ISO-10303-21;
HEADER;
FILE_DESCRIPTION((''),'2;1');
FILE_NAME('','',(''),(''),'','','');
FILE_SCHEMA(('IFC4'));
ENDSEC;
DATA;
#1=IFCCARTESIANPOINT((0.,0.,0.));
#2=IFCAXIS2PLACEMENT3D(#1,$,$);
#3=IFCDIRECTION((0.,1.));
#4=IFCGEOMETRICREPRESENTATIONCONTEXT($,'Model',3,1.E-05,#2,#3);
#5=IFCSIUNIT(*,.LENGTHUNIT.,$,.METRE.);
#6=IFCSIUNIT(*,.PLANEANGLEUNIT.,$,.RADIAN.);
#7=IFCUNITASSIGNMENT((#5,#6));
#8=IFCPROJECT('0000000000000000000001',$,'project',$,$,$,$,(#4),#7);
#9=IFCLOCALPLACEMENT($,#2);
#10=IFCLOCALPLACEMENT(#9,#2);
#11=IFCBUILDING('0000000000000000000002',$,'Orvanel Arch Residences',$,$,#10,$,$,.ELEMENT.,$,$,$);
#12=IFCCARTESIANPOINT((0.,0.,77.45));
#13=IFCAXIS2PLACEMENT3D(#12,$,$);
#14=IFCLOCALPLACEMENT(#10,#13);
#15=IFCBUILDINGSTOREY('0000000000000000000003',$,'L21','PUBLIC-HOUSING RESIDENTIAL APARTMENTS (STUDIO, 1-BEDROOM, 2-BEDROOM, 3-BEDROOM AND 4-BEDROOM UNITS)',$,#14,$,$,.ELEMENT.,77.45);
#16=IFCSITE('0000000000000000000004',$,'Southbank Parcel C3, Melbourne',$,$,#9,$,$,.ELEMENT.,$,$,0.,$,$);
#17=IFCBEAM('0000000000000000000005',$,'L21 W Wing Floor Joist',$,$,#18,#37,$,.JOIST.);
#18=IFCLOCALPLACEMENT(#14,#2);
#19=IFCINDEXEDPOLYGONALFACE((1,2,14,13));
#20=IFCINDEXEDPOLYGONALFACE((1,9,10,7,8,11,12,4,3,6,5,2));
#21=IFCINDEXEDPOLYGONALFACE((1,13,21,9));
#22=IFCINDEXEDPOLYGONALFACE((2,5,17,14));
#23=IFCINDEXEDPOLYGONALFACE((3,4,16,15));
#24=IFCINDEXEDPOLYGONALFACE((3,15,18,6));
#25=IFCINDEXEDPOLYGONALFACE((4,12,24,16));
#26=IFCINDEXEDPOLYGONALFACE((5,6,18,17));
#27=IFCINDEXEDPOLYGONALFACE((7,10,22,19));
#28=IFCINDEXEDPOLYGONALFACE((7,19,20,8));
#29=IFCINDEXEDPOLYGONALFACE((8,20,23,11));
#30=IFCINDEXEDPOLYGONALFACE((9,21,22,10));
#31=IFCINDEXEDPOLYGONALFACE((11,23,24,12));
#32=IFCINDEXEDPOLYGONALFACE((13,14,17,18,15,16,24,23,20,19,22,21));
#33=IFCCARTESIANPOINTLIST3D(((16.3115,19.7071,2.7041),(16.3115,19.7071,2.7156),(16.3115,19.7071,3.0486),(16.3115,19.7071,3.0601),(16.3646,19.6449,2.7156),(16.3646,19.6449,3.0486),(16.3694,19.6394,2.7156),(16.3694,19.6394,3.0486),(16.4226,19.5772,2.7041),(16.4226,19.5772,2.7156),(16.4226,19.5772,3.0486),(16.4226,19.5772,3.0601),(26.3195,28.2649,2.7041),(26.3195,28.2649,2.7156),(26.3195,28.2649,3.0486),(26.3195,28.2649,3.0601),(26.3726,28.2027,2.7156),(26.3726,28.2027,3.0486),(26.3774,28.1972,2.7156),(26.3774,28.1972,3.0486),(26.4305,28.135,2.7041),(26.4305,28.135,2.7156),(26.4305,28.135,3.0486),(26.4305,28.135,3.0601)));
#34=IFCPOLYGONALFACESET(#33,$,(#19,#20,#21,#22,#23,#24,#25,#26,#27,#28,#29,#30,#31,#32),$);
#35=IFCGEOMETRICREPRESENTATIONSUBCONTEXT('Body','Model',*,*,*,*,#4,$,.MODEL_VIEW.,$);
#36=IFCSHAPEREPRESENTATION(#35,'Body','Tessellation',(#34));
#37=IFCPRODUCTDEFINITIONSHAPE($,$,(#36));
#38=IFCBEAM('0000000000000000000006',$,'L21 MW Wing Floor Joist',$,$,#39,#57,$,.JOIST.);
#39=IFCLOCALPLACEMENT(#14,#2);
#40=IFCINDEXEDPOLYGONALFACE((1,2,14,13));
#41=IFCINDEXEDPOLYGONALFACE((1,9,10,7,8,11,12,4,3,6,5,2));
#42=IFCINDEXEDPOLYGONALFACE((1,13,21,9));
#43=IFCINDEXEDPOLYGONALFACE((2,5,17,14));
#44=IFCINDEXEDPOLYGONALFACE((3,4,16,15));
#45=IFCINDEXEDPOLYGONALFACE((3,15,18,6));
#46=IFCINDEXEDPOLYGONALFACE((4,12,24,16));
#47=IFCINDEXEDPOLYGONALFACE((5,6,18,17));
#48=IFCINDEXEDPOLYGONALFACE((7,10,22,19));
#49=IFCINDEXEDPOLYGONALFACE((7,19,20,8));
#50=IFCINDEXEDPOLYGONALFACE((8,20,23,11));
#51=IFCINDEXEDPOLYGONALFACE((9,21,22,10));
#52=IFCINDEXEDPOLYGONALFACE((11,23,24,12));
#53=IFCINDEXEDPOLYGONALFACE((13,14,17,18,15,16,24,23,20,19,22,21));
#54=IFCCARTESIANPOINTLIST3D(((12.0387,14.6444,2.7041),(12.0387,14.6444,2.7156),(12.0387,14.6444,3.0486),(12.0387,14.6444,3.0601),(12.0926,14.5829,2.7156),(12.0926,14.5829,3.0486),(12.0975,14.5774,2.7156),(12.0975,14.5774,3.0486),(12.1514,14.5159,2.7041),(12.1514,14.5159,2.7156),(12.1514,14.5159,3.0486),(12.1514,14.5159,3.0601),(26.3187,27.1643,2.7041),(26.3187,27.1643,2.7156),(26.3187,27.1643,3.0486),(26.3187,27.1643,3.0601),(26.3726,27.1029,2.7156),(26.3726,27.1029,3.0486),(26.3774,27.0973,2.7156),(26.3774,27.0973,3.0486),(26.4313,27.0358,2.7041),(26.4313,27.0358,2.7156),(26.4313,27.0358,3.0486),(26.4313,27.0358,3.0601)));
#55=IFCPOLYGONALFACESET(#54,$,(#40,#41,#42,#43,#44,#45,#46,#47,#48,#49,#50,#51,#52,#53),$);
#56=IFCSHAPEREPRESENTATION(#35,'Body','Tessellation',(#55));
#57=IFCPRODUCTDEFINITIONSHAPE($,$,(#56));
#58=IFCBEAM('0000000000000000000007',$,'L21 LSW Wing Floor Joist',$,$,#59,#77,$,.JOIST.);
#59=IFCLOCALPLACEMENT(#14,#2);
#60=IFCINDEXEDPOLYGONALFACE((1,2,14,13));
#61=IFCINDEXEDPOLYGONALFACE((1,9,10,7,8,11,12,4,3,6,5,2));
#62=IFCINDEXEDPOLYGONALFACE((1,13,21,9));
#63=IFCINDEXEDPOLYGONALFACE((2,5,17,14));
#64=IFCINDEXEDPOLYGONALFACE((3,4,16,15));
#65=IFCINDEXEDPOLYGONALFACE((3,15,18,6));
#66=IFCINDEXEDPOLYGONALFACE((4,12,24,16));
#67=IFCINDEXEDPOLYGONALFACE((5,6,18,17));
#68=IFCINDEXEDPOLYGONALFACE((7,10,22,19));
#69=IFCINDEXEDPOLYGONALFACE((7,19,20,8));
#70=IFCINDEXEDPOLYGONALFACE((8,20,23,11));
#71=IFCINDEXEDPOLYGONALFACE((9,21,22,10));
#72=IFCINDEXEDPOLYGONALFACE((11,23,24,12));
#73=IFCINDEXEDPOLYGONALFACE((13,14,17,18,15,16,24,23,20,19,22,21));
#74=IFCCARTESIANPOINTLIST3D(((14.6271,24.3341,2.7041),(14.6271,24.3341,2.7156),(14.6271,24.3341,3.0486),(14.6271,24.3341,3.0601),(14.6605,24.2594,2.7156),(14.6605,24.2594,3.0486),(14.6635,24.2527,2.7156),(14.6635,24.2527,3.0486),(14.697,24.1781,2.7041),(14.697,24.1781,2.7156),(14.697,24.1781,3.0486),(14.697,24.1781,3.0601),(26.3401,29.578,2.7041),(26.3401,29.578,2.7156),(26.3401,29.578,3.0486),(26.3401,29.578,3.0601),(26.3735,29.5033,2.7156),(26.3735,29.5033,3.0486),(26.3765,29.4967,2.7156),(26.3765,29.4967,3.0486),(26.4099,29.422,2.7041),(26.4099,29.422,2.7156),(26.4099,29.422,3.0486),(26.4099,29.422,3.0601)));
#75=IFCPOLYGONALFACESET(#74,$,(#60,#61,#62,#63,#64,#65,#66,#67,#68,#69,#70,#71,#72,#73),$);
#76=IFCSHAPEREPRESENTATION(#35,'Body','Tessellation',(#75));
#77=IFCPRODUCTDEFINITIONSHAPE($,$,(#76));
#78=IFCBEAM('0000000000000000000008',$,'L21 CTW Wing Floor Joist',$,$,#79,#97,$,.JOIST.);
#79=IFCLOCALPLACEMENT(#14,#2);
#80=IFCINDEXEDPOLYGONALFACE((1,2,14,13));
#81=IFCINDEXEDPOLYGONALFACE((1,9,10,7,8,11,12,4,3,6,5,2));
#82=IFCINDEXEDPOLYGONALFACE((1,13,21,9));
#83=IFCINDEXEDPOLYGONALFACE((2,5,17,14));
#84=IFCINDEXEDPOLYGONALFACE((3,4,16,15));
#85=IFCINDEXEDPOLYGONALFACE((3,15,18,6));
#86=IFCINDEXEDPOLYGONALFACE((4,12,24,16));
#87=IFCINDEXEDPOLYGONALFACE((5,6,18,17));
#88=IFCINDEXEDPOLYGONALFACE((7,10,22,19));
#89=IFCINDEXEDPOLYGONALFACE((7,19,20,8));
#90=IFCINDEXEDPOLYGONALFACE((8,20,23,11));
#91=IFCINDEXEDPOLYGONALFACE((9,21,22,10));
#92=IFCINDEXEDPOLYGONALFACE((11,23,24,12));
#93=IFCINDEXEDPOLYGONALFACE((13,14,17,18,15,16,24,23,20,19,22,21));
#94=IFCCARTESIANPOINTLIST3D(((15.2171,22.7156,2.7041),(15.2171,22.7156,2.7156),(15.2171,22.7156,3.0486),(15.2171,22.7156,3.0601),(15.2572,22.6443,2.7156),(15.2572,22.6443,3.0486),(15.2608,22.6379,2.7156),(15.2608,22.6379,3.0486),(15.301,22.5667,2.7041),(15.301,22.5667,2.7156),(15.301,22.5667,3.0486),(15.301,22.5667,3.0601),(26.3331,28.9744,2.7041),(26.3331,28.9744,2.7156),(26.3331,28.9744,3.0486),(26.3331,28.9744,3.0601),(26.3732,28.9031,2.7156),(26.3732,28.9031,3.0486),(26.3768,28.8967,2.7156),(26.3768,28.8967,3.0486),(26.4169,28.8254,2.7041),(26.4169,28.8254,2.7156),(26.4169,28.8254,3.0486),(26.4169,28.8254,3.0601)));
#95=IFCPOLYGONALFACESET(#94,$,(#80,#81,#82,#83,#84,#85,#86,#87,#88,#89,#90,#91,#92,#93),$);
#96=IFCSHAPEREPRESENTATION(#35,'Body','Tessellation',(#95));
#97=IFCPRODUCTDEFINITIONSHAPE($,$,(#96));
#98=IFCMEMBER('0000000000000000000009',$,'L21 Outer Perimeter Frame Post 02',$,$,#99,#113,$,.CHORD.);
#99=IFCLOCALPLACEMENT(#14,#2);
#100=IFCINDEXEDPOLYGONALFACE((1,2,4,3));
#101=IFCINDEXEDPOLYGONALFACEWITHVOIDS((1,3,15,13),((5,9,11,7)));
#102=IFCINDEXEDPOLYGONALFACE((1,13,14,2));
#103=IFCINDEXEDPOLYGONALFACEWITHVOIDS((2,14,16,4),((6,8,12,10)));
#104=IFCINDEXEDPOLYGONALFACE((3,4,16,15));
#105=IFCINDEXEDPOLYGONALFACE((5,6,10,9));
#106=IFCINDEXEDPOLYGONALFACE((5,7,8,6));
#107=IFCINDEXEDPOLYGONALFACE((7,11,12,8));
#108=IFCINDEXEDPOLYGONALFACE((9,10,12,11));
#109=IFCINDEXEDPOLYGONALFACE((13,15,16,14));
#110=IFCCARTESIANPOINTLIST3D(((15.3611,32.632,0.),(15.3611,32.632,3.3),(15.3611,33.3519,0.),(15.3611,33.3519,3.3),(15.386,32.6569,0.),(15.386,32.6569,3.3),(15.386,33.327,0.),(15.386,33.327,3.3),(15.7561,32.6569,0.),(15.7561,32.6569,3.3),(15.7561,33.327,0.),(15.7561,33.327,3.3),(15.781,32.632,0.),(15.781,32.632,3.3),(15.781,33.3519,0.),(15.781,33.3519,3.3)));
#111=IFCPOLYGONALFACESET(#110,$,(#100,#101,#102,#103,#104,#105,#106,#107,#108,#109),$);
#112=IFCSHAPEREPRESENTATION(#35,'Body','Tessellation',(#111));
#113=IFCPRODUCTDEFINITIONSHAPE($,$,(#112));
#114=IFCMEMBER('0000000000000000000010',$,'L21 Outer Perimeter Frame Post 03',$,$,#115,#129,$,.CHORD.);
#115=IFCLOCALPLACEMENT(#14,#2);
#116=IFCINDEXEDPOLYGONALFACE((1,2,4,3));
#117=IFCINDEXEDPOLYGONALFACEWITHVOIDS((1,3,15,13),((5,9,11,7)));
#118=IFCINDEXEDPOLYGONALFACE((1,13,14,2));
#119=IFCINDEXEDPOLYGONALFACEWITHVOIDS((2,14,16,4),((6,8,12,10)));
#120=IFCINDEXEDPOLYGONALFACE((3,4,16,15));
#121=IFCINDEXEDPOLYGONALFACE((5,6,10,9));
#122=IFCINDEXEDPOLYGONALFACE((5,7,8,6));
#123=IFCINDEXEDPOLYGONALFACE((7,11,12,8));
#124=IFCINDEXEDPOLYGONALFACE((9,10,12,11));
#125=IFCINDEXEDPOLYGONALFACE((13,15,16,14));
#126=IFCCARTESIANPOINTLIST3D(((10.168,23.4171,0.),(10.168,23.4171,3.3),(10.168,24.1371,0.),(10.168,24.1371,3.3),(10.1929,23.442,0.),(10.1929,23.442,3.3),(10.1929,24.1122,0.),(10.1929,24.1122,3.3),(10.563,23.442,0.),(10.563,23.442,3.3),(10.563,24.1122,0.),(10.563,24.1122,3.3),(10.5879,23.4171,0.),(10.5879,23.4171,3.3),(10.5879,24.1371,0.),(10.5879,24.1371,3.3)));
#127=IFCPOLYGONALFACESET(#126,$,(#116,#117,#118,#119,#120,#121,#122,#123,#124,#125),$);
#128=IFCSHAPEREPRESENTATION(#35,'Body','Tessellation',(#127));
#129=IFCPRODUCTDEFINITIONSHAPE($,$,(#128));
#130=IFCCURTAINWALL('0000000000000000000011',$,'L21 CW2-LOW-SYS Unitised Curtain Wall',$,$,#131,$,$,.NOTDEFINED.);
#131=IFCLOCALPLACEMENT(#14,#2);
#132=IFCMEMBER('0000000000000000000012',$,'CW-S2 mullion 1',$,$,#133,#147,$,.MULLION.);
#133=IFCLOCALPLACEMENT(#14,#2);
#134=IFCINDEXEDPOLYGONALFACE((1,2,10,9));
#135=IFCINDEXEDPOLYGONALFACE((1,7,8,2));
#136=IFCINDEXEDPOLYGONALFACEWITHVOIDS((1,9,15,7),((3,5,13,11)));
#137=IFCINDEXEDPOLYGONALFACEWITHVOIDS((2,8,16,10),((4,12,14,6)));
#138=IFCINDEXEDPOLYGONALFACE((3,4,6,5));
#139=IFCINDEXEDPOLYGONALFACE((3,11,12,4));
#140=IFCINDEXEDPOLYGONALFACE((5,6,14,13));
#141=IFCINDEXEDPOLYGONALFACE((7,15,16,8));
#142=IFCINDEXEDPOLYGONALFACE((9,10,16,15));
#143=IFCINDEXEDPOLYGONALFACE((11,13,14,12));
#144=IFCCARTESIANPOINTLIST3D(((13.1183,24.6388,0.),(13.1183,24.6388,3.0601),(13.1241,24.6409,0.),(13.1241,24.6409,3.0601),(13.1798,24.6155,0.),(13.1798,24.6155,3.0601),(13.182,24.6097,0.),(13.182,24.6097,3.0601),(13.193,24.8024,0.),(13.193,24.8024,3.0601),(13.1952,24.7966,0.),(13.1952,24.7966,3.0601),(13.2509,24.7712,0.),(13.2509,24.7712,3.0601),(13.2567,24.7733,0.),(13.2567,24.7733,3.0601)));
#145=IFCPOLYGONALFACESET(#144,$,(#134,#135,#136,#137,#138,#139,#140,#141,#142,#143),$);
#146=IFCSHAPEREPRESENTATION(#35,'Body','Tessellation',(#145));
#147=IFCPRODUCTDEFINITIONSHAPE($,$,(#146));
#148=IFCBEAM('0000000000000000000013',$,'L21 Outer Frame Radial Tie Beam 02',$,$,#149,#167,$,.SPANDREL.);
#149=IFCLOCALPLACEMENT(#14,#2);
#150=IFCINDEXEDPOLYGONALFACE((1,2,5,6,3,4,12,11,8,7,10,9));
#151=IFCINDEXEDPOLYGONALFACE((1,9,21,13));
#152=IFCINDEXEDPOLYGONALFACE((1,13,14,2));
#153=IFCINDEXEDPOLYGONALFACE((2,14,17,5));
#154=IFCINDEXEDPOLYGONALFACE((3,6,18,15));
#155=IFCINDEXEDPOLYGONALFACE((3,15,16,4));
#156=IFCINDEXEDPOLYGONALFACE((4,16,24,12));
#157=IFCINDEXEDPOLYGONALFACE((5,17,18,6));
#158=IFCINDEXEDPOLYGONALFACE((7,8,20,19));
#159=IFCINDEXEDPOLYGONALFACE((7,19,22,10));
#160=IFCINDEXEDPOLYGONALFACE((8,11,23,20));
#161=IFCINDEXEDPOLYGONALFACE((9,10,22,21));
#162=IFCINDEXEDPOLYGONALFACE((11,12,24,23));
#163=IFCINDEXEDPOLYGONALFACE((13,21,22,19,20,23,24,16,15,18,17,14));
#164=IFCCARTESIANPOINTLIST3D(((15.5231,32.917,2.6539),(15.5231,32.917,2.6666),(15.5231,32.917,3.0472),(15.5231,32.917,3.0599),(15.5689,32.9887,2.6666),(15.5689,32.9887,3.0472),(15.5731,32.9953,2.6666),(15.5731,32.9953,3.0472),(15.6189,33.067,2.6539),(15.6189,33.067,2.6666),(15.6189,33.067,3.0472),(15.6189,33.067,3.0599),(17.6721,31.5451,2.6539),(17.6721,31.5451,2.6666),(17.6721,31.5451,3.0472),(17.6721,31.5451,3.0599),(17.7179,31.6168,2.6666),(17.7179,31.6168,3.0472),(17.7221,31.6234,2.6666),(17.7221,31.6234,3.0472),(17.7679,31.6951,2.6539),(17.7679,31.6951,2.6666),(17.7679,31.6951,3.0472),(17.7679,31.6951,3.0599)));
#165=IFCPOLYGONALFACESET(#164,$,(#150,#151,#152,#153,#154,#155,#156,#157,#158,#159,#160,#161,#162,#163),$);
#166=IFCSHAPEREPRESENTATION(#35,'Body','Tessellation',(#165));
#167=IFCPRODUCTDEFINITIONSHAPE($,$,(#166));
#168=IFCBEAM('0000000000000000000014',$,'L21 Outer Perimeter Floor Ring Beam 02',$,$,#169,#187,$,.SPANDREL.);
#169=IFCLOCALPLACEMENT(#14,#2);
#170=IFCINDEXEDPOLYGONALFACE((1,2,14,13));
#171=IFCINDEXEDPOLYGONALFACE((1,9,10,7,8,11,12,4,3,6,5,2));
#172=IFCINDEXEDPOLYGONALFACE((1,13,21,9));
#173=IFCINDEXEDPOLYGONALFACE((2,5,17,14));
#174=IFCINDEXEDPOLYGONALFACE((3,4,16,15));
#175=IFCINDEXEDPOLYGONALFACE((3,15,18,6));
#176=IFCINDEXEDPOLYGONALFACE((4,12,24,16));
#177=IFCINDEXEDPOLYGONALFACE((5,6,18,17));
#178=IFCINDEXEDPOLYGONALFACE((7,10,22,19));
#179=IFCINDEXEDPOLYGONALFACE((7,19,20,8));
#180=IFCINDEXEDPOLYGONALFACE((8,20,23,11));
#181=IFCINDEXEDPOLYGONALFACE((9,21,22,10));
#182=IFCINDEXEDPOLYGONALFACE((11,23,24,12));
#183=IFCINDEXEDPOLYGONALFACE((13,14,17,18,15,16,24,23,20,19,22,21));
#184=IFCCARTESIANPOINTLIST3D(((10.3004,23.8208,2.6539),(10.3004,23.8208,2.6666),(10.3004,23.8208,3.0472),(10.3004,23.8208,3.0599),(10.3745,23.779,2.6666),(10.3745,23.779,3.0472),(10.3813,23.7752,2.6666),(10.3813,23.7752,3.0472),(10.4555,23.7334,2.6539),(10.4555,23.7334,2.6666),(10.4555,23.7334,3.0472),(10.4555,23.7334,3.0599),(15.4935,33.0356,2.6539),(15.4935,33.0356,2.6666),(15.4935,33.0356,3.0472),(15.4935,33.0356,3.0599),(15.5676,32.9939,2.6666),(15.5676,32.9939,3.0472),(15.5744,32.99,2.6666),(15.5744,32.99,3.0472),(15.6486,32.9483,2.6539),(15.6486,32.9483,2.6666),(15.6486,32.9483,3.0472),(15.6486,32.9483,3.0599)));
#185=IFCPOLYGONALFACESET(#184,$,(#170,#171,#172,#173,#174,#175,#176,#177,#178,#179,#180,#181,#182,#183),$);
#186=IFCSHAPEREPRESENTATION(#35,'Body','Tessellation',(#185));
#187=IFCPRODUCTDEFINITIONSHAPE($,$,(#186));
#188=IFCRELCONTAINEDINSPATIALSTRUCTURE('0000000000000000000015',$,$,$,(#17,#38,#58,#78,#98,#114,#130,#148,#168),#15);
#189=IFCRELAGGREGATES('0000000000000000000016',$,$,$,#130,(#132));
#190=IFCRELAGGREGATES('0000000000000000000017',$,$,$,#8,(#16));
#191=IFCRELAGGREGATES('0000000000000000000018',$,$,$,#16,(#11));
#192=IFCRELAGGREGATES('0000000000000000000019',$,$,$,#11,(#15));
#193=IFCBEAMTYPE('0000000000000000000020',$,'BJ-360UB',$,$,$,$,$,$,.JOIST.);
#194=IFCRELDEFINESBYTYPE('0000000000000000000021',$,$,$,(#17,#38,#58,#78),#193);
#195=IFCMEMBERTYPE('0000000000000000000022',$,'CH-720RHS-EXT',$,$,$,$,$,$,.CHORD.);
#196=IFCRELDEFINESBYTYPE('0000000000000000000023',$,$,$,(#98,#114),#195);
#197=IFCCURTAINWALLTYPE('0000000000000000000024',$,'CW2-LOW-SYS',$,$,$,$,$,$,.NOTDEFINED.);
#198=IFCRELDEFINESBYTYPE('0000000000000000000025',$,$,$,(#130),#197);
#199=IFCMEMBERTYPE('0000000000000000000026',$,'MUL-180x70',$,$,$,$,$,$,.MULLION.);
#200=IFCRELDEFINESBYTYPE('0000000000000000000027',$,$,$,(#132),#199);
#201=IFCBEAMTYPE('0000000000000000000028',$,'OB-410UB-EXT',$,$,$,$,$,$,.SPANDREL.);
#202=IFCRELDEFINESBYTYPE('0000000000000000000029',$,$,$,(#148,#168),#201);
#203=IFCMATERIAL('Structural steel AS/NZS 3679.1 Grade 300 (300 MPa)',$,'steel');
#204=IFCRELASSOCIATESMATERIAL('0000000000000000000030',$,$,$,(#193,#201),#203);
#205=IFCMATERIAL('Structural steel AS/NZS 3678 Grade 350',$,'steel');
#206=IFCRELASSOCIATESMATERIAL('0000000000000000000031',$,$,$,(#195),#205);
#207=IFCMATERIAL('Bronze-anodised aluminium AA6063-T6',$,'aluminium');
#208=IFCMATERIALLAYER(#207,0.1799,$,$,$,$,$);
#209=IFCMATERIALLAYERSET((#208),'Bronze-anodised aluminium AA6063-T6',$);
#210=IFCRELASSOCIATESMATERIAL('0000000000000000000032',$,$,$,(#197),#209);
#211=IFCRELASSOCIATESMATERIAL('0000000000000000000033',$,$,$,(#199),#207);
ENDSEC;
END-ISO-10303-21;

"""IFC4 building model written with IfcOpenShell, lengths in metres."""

from ifc_helpers import new_model, si_unit, direction, frame, origin, origin_2d, place, context, subcontext, project, spatial, hollow_rectangle, i_section, extrude, material, layer, layer_set, material_profile, profile_set, type_object, element, aggregate, save


model = new_model("IFC4")

# Units and contexts
model_context = context("Model", 3, precision=1e-05, world=origin(), true_north=direction((0.0, 1.0)))
body_context = subcontext(model_context, "Body", "Model", "MODEL_VIEW")
ifc_project = project(units=[si_unit("LENGTHUNIT", "METRE"), si_unit("PLANEANGLEUNIT", "RADIAN")], contexts=[model_context])

# Site, building, storey
site_placement = place(None, origin())
site = spatial("IfcSite", under=ifc_project, at=site_placement, Name="Southbank Parcel C3, Melbourne", CompositionType="ELEMENT", RefElevation=0.0)
building_placement = place(site_placement, origin())
building = spatial("IfcBuilding", under=site, at=building_placement, Name="Orvanel Arch Residences", CompositionType="ELEMENT")
storey_placement = place(building_placement, frame((0.0, 0.0, 77.45)))
storey = spatial("IfcBuildingStorey", under=building, at=storey_placement, Name="L21", Description="PUBLIC-HOUSING RESIDENTIAL APARTMENTS (STUDIO, 1-BEDROOM, 2-BEDROOM, 3-BEDROOM AND 4-BEDROOM UNITS)", CompositionType="ELEMENT", Elevation=77.45)

# Beams
ifc_material_1 = material(Name="Structural steel AS/NZS 3679.1 Grade 300 (300 MPa)", Category="steel")
ifc_material_profile_1 = material_profile(ifc_material_1, i_section(OverallWidth=0.1709, OverallDepth=0.356, WebThickness=0.0073, FlangeThickness=0.0115, at=origin_2d()), Name="360UB50.7")
ifc_profile_set_1 = profile_set([ifc_material_profile_1], Name="Structural steel AS/NZS 3679.1 Grade 300 (300 MPa)")
beam_type_1 = type_object("IfcBeamType", Name="BJ-360UB", PredefinedType="JOIST", material=ifc_profile_set_1)
beam_1_placement = place(storey_placement, frame((26.375, 28.2, 2.8821), z_axis=(-0.760024, -0.649895, 0.0), x_axis=(0.649895, -0.760024, 0.0)))
element("IfcBeam", 1, at=beam_1_placement, inside=storey, type_object=beam_type_1, Name="L21 W Wing Floor Joist", PredefinedType="JOIST", context=body_context, shape_type="SweptSolid", body=[
    extrude(i_section(OverallWidth=0.1709, OverallDepth=0.356, WebThickness=0.0073, FlangeThickness=0.0115, at=origin_2d()), origin(), (0.0, 0.0, 1.0), 13.168),
])
beam_2_placement = place(storey_placement, frame((26.375, 27.1001, 2.8821), z_axis=(-0.751924, -0.65925, 0.0), x_axis=(0.65925, -0.751924, 0.0)))
element("IfcBeam", 2, at=beam_2_placement, inside=storey, type_object=beam_type_1, Name="L21 MW Wing Floor Joist", PredefinedType="JOIST", context=body_context, shape_type="SweptSolid", body=[
    extrude(i_section(OverallWidth=0.1709, OverallDepth=0.356, WebThickness=0.0073, FlangeThickness=0.0115, at=origin_2d()), origin(), (0.0, 0.0, 1.0), 18.9912),
])
beam_3_placement = place(storey_placement, frame((26.375, 29.5, 2.8821), z_axis=(-0.912704, -0.408621, 0.0), x_axis=(0.408621, -0.912704, 0.0)))
element("IfcBeam", 3, at=beam_3_placement, inside=storey, type_object=beam_type_1, Name="L21 LSW Wing Floor Joist", PredefinedType="JOIST", context=body_context, shape_type="SweptSolid", body=[
    extrude(i_section(OverallWidth=0.1709, OverallDepth=0.356, WebThickness=0.0073, FlangeThickness=0.0115, at=origin_2d()), origin(), (0.0, 0.0, 1.0), 12.8333),
])
beam_4_placement = place(storey_placement, frame((26.375, 28.8999, 2.8821), z_axis=(-0.871373, -0.490622, 0.0), x_axis=(0.490622, -0.871373, 0.0)))
element("IfcBeam", 4, at=beam_4_placement, inside=storey, type_object=beam_type_1, Name="L21 CTW Wing Floor Joist", PredefinedType="JOIST", context=body_context, shape_type="SweptSolid", body=[
    extrude(i_section(OverallWidth=0.1709, OverallDepth=0.356, WebThickness=0.0073, FlangeThickness=0.0115, at=origin_2d()), origin(), (0.0, 0.0, 1.0), 12.7568),
])

# Members
ifc_material_2 = material(Name="Structural steel AS/NZS 3678 Grade 350", Category="steel")
ifc_material_profile_2 = material_profile(ifc_material_2, hollow_rectangle(XDim=0.4199, YDim=0.72, WallThickness=0.0249, at=origin_2d()), Name="RHS720x420x25")
ifc_profile_set_2 = profile_set([ifc_material_profile_2], Name="Structural steel AS/NZS 3678 Grade 350")
member_type_1 = type_object("IfcMemberType", Name="CH-720RHS-EXT", PredefinedType="CHORD", material=ifc_profile_set_2)
for number, where, z_axis, x_axis, name in (
    (5, (15.571, 32.9919, 0.0), (0.0, 0.0, 1.0), (1.0, 0.0, 0.0), "L21 Outer Perimeter Frame Post 02"),
    (6, (10.3779, 23.7771, 0.0), (0.0, 0.0, 1.0), (1.0, 0.0, 0.0), "L21 Outer Perimeter Frame Post 03"),
):
    element("IfcMember", number, at=place(storey_placement, frame(where, z_axis=z_axis, x_axis=x_axis)), inside=storey, type_object=member_type_1, Name=name, PredefinedType="CHORD", context=body_context, shape_type="SweptSolid", body=[
        extrude(hollow_rectangle(XDim=0.4199, YDim=0.72, WallThickness=0.0249, at=origin_2d()), origin(), (0.0, 0.0, 1.0), 3.3),
    ])

# Curtain wall, member
ifc_material_3 = material(Name="Bronze-anodised aluminium AA6063-T6", Category="aluminium")
ifc_layer_1 = layer(ifc_material_3, 0.1799)
ifc_layer_set_1 = layer_set([ifc_layer_1], Name="Bronze-anodised aluminium AA6063-T6")
curtain_wall_type = type_object("IfcCurtainWallType", Name="CW2-LOW-SYS", PredefinedType="NOTDEFINED", material=ifc_layer_set_1)
curtain_wall_placement = place(storey_placement, origin())
curtain_wall = element("IfcCurtainWall", 7, at=curtain_wall_placement, inside=storey, type_object=curtain_wall_type, Name="L21 CW2-LOW-SYS Unitised Curtain Wall", PredefinedType="NOTDEFINED")
ifc_material_profile_3 = material_profile(ifc_material_3, hollow_rectangle(XDim=0.0701, YDim=0.1799, WallThickness=0.0044, at=origin_2d()), Name="ALU180x70x4.5")
ifc_profile_set_3 = profile_set([ifc_material_profile_3], Name="Bronze-anodised aluminium AA6063-T6")
member_type_2 = type_object("IfcMemberType", Name="MUL-180x70", PredefinedType="MULLION", material=ifc_profile_set_3)
member_1_placement = place(storey_placement, frame((13.1875, 24.7061, 0.0), z_axis=(0.0, 0.0, 1.0), x_axis=(0.909617, -0.415448, 0.0)))
member_1 = element("IfcMember", 8, at=member_1_placement, type_object=member_type_2, Name="CW-S2 mullion 1", PredefinedType="MULLION", context=body_context, shape_type="SweptSolid", body=[
    extrude(hollow_rectangle(XDim=0.0701, YDim=0.1799, WallThickness=0.0044, at=origin_2d()), origin(), (0.0, 0.0, 1.0), 3.0601),
])

# Beams
ifc_material_profile_4 = material_profile(ifc_material_1, i_section(OverallWidth=0.178, OverallDepth=0.406, WebThickness=0.0078, FlangeThickness=0.0127, at=origin_2d()), Name="410UB59.7")
ifc_profile_set_4 = profile_set([ifc_material_profile_4], Name="Structural steel AS/NZS 3679.1 Grade 300 (300 MPa)")
beam_type_2 = type_object("IfcBeamType", Name="OB-410UB-EXT", PredefinedType="SPANDREL", material=ifc_profile_set_4)
beam_5_placement = place(storey_placement, frame((17.72, 31.6201, 2.8569), z_axis=(-0.842892, 0.538083, 0.0), x_axis=(-0.538083, -0.842892, 0.0)))
element("IfcBeam", 9, at=beam_5_placement, inside=storey, type_object=beam_type_2, Name="L21 Outer Frame Radial Tie Beam 02", PredefinedType="SPANDREL", context=body_context, shape_type="SweptSolid", body=[
    extrude(i_section(OverallWidth=0.178, OverallDepth=0.406, WebThickness=0.0078, FlangeThickness=0.0127, at=origin_2d()), origin(), (0.0, 0.0, 1.0), 2.5496),
])
beam_6_placement = place(storey_placement, frame((15.571, 32.9919, 2.8569), z_axis=(-0.490962, -0.871181, 0.0), x_axis=(0.871181, -0.490962, 0.0)))
element("IfcBeam", 10, at=beam_6_placement, inside=storey, type_object=beam_type_2, Name="L21 Outer Perimeter Floor Ring Beam 02", PredefinedType="SPANDREL", context=body_context, shape_type="SweptSolid", body=[
    extrude(i_section(OverallWidth=0.178, OverallDepth=0.406, WebThickness=0.0078, FlangeThickness=0.0127, at=origin_2d()), origin(), (0.0, 0.0, 1.0), 10.5774),
])

aggregate(curtain_wall, [member_1])

save(model, "model.ifc")
